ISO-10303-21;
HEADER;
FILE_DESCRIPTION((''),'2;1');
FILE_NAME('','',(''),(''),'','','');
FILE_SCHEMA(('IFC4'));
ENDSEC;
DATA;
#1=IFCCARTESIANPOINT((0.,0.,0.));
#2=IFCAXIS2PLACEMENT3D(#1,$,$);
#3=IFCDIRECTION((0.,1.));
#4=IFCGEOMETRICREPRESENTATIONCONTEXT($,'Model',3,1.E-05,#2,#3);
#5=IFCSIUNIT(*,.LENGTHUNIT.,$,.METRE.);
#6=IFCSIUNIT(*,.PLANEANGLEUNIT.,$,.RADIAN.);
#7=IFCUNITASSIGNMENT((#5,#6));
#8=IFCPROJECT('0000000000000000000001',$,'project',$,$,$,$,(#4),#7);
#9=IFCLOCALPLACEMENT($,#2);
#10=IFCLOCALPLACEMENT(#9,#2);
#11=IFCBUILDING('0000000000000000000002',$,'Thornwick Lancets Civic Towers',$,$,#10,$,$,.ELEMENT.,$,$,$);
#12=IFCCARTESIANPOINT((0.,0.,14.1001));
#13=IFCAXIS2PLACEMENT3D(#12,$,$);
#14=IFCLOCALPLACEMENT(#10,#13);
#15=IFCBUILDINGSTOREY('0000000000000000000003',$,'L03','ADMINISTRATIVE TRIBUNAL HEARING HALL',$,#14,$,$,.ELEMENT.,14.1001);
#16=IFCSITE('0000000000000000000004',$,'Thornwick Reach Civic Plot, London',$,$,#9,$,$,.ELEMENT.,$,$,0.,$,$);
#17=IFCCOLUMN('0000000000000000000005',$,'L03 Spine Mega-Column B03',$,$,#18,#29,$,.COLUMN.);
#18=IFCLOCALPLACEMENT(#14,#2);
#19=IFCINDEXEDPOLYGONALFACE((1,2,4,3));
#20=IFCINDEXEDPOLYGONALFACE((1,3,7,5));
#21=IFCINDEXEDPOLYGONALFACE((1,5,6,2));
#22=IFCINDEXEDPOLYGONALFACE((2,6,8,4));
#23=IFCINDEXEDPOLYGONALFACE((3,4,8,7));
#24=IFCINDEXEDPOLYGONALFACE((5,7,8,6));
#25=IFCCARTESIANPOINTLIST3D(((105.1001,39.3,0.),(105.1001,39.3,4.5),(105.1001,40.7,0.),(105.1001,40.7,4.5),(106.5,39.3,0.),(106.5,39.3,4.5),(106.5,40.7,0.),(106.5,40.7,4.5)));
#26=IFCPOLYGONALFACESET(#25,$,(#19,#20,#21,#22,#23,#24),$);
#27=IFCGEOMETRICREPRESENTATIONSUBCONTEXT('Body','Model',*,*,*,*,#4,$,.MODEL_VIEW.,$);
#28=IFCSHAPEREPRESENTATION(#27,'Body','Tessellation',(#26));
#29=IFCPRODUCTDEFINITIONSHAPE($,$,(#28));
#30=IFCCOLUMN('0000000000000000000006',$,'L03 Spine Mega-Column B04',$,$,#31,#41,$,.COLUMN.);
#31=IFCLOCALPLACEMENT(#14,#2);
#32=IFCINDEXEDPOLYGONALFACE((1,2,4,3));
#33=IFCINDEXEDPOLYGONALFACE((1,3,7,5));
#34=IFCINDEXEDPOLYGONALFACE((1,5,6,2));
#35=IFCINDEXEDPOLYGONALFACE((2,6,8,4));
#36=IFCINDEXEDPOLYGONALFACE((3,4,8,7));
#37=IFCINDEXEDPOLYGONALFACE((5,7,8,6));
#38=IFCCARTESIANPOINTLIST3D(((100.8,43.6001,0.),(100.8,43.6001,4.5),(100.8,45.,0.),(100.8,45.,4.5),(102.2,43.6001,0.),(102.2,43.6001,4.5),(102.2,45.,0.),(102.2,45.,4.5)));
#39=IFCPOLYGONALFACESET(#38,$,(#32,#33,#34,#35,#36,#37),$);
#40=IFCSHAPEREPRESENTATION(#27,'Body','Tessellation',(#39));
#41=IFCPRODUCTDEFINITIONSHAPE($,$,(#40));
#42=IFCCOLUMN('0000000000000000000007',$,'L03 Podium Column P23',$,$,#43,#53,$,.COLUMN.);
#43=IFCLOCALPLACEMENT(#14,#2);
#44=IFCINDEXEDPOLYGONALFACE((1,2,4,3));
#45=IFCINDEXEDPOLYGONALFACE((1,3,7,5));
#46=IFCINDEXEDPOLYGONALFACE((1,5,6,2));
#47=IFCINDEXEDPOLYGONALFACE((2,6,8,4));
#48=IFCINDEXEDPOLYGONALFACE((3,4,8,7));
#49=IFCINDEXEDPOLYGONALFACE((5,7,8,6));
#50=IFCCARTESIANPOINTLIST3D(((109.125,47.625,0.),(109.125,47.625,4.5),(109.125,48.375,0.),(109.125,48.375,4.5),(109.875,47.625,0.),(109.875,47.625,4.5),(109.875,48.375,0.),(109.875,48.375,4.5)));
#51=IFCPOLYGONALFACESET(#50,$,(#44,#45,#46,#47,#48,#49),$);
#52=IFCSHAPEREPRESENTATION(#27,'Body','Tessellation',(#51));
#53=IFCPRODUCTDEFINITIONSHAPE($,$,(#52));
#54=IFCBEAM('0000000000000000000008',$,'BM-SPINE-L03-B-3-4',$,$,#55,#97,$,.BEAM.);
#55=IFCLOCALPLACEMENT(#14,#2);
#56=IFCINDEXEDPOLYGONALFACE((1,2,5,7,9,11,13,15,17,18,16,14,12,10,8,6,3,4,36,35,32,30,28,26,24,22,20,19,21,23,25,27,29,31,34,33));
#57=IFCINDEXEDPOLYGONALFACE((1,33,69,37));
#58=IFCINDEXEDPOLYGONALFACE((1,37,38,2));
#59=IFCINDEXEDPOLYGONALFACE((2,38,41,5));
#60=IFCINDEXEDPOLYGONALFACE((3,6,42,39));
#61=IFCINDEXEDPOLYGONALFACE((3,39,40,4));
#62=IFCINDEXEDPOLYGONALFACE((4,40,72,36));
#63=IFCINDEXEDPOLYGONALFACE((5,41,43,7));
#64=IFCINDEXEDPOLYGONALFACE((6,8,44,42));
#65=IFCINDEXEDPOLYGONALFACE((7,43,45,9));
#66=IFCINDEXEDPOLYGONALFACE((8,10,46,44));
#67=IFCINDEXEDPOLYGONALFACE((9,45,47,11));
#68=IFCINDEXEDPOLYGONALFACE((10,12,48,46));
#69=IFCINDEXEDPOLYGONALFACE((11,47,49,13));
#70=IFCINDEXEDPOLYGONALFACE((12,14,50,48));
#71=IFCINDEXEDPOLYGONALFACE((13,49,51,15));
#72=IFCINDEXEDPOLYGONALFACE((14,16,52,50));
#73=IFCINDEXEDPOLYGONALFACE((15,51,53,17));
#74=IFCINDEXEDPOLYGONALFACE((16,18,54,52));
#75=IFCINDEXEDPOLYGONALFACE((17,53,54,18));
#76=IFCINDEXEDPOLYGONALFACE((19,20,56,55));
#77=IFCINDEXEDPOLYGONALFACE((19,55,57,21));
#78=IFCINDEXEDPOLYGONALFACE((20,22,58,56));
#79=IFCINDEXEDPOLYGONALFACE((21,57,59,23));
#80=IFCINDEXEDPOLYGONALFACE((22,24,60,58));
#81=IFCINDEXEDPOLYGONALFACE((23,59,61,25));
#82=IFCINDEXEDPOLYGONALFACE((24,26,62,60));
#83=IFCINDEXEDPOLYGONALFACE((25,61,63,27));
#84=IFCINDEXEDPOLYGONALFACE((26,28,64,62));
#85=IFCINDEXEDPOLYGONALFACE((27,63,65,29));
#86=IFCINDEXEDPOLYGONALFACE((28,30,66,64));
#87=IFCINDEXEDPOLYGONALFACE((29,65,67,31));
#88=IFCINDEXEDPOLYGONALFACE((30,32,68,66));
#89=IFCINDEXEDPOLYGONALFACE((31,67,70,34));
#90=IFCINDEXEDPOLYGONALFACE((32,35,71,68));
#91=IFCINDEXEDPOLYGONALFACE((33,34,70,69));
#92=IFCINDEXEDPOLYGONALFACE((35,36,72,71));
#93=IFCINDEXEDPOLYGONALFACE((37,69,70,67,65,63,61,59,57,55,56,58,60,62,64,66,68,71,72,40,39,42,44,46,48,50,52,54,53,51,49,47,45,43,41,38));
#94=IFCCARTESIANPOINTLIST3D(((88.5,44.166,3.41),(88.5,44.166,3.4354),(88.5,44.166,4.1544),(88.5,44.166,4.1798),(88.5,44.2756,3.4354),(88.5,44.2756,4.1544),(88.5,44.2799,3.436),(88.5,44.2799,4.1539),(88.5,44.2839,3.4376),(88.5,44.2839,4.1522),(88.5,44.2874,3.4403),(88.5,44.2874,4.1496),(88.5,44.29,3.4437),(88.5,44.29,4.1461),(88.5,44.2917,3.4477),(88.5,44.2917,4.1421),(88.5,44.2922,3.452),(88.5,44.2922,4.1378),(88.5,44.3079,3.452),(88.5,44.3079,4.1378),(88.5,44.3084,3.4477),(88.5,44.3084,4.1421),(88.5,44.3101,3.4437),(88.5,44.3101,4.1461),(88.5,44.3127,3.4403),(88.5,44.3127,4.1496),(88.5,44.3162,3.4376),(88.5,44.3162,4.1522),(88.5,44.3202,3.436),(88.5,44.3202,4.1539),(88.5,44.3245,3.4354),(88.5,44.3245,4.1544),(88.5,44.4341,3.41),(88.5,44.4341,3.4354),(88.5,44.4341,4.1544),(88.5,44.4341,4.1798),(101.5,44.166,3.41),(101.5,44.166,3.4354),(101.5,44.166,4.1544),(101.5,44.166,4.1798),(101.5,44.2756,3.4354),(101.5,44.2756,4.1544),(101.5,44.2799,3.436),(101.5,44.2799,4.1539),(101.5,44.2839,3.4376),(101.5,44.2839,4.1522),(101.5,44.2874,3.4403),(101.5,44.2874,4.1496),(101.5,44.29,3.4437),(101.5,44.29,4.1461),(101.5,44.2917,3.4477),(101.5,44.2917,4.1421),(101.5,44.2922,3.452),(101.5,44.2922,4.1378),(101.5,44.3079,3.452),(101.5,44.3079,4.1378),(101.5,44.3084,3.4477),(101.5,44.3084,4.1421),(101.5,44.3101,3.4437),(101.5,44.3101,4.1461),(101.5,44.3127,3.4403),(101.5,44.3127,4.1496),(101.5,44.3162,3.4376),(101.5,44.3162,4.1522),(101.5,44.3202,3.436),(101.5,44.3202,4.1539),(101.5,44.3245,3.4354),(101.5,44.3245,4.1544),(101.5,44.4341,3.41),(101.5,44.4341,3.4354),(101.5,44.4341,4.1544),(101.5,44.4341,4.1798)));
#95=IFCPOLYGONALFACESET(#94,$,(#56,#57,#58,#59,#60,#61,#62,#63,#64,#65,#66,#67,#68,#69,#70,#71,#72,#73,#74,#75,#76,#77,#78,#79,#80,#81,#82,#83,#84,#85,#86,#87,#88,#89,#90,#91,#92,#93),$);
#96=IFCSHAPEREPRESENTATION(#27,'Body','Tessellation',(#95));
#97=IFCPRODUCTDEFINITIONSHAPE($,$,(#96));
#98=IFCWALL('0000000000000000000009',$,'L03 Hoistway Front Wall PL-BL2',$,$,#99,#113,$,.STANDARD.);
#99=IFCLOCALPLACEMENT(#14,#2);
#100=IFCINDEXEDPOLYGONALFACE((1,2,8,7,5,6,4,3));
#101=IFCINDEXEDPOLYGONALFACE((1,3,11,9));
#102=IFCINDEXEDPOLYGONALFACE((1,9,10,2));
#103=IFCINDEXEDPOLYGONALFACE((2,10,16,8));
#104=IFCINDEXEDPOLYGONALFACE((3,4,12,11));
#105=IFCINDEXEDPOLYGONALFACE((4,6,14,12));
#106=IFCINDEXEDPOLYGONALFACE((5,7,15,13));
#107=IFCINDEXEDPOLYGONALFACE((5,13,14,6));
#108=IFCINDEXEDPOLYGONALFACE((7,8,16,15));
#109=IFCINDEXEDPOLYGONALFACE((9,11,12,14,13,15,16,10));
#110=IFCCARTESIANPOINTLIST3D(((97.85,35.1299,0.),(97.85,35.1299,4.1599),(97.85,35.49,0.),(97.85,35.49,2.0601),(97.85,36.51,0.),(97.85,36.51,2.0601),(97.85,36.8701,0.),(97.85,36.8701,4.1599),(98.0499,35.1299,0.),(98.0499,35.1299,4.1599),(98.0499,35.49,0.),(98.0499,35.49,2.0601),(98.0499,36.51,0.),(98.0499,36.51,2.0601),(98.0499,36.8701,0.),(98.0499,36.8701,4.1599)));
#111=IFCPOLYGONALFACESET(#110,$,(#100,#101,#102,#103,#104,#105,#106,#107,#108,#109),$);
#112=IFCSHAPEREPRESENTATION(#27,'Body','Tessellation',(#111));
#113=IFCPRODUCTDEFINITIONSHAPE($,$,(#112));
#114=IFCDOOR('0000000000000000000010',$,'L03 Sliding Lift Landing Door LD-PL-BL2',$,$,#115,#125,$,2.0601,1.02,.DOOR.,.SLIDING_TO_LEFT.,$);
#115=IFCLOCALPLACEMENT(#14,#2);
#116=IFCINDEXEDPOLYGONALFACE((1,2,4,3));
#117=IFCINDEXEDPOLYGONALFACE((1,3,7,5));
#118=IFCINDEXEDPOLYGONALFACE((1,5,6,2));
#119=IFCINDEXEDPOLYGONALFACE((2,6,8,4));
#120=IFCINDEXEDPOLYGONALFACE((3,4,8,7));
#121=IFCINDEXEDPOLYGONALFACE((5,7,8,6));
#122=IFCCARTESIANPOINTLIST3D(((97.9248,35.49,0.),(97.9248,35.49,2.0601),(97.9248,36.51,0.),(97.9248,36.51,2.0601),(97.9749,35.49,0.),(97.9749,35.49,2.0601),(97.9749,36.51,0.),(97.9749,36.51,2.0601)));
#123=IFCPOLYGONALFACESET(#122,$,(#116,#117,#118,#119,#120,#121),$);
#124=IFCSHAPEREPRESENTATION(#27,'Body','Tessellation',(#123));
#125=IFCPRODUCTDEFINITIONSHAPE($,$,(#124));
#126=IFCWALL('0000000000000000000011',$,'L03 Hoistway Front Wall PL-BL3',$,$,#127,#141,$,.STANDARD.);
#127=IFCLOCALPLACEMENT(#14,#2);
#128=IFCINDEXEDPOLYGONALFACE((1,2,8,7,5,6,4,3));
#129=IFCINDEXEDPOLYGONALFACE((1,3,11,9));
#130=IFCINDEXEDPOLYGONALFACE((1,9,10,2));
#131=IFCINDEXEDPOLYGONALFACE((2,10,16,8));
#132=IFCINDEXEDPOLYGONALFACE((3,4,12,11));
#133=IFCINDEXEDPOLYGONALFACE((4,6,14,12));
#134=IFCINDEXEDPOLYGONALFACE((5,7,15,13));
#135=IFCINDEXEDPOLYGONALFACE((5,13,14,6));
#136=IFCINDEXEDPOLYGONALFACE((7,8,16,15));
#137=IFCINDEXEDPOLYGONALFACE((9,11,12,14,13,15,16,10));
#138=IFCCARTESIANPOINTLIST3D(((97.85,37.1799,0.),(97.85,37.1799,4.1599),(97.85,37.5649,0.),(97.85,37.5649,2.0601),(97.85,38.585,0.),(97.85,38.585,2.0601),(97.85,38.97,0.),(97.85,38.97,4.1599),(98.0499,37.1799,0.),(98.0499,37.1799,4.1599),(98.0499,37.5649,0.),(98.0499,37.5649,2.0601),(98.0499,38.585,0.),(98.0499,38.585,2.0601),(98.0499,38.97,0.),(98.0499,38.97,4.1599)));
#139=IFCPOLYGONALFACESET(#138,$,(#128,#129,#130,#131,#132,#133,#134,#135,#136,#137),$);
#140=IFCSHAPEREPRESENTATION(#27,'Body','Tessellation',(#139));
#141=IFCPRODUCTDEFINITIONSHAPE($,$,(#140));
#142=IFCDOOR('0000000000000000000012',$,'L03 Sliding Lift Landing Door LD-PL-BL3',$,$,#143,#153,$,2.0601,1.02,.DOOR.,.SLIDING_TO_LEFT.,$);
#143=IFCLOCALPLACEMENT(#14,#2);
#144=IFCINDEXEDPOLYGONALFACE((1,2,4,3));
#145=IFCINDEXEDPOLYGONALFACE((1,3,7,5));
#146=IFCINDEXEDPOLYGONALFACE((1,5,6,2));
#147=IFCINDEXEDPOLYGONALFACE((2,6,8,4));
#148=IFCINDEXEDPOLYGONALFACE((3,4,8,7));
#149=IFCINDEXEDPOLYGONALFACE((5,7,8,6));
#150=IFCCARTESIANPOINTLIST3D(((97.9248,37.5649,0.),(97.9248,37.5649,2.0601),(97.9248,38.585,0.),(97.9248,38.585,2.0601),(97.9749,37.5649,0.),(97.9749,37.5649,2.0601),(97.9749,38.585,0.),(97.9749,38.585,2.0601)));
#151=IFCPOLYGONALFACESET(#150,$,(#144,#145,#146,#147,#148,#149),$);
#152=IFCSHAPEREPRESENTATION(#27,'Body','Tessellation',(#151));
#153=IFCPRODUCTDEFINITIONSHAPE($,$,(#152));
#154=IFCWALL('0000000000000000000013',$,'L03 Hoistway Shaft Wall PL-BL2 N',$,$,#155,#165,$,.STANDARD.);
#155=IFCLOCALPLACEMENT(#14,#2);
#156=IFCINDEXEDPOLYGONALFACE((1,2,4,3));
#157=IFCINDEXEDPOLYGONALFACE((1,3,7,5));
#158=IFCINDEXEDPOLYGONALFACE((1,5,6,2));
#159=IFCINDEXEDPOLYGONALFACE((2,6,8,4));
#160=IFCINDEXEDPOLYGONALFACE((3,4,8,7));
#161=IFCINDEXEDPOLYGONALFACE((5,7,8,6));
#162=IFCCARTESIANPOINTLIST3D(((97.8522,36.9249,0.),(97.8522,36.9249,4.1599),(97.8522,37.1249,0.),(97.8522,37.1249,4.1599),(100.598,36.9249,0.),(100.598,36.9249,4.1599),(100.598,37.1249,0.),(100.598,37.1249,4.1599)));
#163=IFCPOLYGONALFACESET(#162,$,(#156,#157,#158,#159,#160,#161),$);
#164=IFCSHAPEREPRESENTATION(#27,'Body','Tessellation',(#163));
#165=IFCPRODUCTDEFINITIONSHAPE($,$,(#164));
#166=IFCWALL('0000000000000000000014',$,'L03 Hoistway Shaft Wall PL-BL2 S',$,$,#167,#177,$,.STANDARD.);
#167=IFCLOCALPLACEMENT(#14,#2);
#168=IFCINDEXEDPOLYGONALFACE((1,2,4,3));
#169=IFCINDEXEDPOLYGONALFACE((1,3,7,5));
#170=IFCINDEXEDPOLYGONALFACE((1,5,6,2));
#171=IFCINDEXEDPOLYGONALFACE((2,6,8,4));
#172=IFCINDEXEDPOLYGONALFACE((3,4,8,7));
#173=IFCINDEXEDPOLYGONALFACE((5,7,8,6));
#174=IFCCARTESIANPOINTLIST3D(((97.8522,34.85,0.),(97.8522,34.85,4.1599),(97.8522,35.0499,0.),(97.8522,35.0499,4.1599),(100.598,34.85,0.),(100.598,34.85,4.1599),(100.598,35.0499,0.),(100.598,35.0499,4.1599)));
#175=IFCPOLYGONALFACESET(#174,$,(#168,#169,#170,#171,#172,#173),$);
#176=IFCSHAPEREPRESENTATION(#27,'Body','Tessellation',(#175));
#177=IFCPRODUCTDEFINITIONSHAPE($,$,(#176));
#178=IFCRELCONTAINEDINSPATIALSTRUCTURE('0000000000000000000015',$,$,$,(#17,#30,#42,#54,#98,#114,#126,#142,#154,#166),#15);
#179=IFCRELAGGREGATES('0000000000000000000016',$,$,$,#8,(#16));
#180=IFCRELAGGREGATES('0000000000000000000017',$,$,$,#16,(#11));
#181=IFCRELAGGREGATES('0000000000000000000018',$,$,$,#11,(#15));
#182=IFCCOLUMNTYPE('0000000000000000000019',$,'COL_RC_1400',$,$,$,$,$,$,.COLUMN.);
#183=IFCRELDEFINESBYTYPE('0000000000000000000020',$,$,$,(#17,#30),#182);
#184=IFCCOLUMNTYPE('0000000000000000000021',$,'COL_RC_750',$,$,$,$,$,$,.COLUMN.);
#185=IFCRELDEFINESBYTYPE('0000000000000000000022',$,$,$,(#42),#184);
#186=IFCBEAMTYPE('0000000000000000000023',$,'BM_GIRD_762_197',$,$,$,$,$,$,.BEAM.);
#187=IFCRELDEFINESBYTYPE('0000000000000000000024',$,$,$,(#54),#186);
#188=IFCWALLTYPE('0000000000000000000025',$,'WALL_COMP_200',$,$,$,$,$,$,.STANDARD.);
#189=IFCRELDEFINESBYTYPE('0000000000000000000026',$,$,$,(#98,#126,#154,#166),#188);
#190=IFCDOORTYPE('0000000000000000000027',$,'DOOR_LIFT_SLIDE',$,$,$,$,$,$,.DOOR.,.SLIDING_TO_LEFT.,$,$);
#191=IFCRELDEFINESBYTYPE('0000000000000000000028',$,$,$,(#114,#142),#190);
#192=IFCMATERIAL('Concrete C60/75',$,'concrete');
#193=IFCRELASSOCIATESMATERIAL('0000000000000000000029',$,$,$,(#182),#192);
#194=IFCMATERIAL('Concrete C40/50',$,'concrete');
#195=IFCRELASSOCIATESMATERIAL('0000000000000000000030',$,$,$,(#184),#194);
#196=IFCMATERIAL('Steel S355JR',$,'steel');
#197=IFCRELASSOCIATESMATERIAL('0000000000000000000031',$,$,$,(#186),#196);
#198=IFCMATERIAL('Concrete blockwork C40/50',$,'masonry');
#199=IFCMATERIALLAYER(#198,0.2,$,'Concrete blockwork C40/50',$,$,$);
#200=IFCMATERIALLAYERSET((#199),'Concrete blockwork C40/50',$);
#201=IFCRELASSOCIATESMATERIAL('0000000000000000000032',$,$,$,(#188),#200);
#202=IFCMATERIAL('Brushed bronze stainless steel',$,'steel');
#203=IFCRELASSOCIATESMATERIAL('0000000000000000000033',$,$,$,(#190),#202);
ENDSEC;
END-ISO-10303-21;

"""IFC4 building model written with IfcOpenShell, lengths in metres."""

from ifc_helpers import new_model, si_unit, direction, frame, frame_2d, origin, origin_2d, place, context, subcontext, project, spatial, rectangle, i_section, extrude, material, layer, layer_set, material_profile, profile_set, type_object, element, fill, save


model = new_model("IFC4")

# Units and contexts
model_context = context("Model", 3, precision=1e-05, world=origin(), true_north=direction((0.0, 1.0)))
body_context = subcontext(model_context, "Body", "Model", "MODEL_VIEW")
ifc_project = project(units=[si_unit("LENGTHUNIT", "METRE"), si_unit("PLANEANGLEUNIT", "RADIAN")], contexts=[model_context])

# Site, building, storey
site_placement = place(None, origin())
site = spatial("IfcSite", under=ifc_project, at=site_placement, Name="Thornwick Reach Civic Plot, London", CompositionType="ELEMENT", RefElevation=0.0)
building_placement = place(site_placement, origin())
building = spatial("IfcBuilding", under=site, at=building_placement, Name="Thornwick Lancets Civic Towers", CompositionType="ELEMENT")
storey_placement = place(building_placement, frame((0.0, 0.0, 14.1001)))
storey = spatial("IfcBuildingStorey", under=building, at=storey_placement, Name="L03", Description="ADMINISTRATIVE TRIBUNAL HEARING HALL", CompositionType="ELEMENT", Elevation=14.1001)

# Columns
ifc_material_1 = material(Name="Concrete C60/75", Category="concrete")
ifc_material_profile_1 = material_profile(ifc_material_1, rectangle(XDim=1.3999, YDim=1.3999, at=origin_2d()), Name="RC 1400x1400")
ifc_profile_set_1 = profile_set([ifc_material_profile_1], Name="Concrete C60/75")
column_type_1 = type_object("IfcColumnType", Name="COL_RC_1400", PredefinedType="COLUMN", material=ifc_profile_set_1)
for number, where, z_axis, x_axis, name in (
    (1, (105.8, 40.0, 0.0), (0.0, 0.0, 1.0), (1.0, 0.0, 0.0), "L03 Spine Mega-Column B03"),
    (2, (101.5, 44.3, 0.0), (0.0, 0.0, 1.0), (1.0, 0.0, 0.0), "L03 Spine Mega-Column B04"),
):
    element("IfcColumn", number, at=place(storey_placement, frame(where, z_axis=z_axis, x_axis=x_axis)), inside=storey, type_object=column_type_1, Name=name, PredefinedType="COLUMN", context=body_context, shape_type="SweptSolid", body=[
        extrude(rectangle(XDim=1.3999, YDim=1.3999, at=origin_2d()), origin(), (0.0, 0.0, 1.0), 4.5),
    ])
ifc_material_2 = material(Name="Concrete C40/50", Category="concrete")
ifc_material_profile_2 = material_profile(ifc_material_2, rectangle(XDim=0.75, YDim=0.75, at=origin_2d()), Name="RC 750x750")
ifc_profile_set_2 = profile_set([ifc_material_profile_2], Name="Concrete C40/50")
column_type_2 = type_object("IfcColumnType", Name="COL_RC_750", PredefinedType="COLUMN", material=ifc_profile_set_2)
column_placement = place(storey_placement, frame((109.5, 48.0, 0.0), z_axis=(0.0, 0.0, 1.0), x_axis=(1.0, 0.0, 0.0)))
element("IfcColumn", 3, at=column_placement, inside=storey, type_object=column_type_2, Name="L03 Podium Column P23", PredefinedType="COLUMN", context=body_context, shape_type="SweptSolid", body=[
    extrude(rectangle(XDim=0.75, YDim=0.75, at=origin_2d()), origin(), (0.0, 0.0, 1.0), 4.5),
])

# Beam
ifc_material_3 = material(Name="Steel S355JR", Category="steel")
ifc_material_profile_3 = material_profile(ifc_material_3, i_section(OverallWidth=0.2681, OverallDepth=0.7698, WebThickness=0.0156, FlangeThickness=0.0254, FilletRadius=0.0166, at=origin_2d()), Name="UKB 762x267x197")
ifc_profile_set_3 = profile_set([ifc_material_profile_3], Name="Steel S355JR")
beam_type = type_object("IfcBeamType", Name="BM_GIRD_762_197", PredefinedType="BEAM", material=ifc_profile_set_3)
beam_placement = place(storey_placement, frame((101.5, 44.3, 3.7949), z_axis=(-1.0, 0.0, 0.0), x_axis=(0.0, -1.0, 0.0)))
element("IfcBeam", 4, at=beam_placement, inside=storey, type_object=beam_type, Name="BM-SPINE-L03-B-3-4", PredefinedType="BEAM", context=body_context, shape_type="SweptSolid", body=[
    extrude(i_section(OverallWidth=0.2681, OverallDepth=0.7698, WebThickness=0.0156, FlangeThickness=0.0254, FilletRadius=0.0166, at=origin_2d()), origin(), (0.0, 0.0, 1.0), 13.0),
])

# Walls, openings, doors
ifc_material_4 = material(Name="Concrete blockwork C40/50", Category="masonry")
ifc_layer_1 = layer(ifc_material_4, 0.2, Name="Concrete blockwork C40/50")
ifc_layer_set_1 = layer_set([ifc_layer_1], Name="Concrete blockwork C40/50")
wall_type_1 = type_object("IfcWallType", Name="WALL_COMP_200", PredefinedType="STANDARD", material=ifc_layer_set_1)
wall_1_placement = place(storey_placement, frame((97.95, 36.8701, 0.0), z_axis=(0.0, 0.0, 1.0), x_axis=(0.0, -1.0, 0.0)))
wall_1 = element("IfcWall", 5, at=wall_1_placement, inside=storey, type_object=wall_type_1, Name="L03 Hoistway Front Wall PL-BL2", PredefinedType="STANDARD", context=body_context, shape_type="SweptSolid", body=[
    extrude(rectangle(XDim=1.7402, YDim=0.2, at=frame_2d((0.8701, 0.0))), origin(), (0.0, 0.0, 1.0), 4.1599),
])
opening_1_placement = place(wall_1_placement, frame((0.3601, 0.0, 0.0)))
opening_1 = element("IfcOpeningElement", 6, at=opening_1_placement, cuts=wall_1, PredefinedType="OPENING", context=body_context, shape_type="SweptSolid", body=[
    extrude(rectangle(XDim=1.02, YDim=2.0601, at=frame_2d((0.51, 1.03))), frame((0.0, 0.1099, 0.0), z_axis=(0.0, -1.0, 0.0), x_axis=(1.0, 0.0, 0.0)), (0.0, 0.0, 1.0), 0.22),
])
ifc_material_5 = material(Name="Brushed bronze stainless steel", Category="steel")
door_type_1 = type_object("IfcDoorType", Name="DOOR_LIFT_SLIDE", OperationType="SLIDING_TO_LEFT", PredefinedType="DOOR", material=ifc_material_5)
door_1_placement = place(opening_1_placement, origin())
door_1 = element("IfcDoor", 7, at=door_1_placement, inside=storey, type_object=door_type_1, Name="L03 Sliding Lift Landing Door LD-PL-BL2", OperationType="SLIDING_TO_LEFT", OverallHeight=2.0601, OverallWidth=1.02, PredefinedType="DOOR", context=body_context, shape_type="SweptSolid", body=[
    extrude(rectangle(XDim=1.02, YDim=2.0601, at=frame_2d((0.51, 1.03))), frame((0.0, 0.0249, 0.0), z_axis=(0.0, -1.0, 0.0), x_axis=(1.0, 0.0, 0.0)), (0.0, 0.0, 1.0), 0.05),
])
fill(opening_1, door_1)
wall_2_placement = place(storey_placement, frame((97.95, 38.97, 0.0), z_axis=(0.0, 0.0, 1.0), x_axis=(0.0, -1.0, 0.0)))
wall_2 = element("IfcWall", 8, at=wall_2_placement, inside=storey, type_object=wall_type_1, Name="L03 Hoistway Front Wall PL-BL3", PredefinedType="STANDARD", context=body_context, shape_type="SweptSolid", body=[
    extrude(rectangle(XDim=1.79, YDim=0.2, at=frame_2d((0.895, 0.0))), origin(), (0.0, 0.0, 1.0), 4.1599),
])
opening_2_placement = place(wall_2_placement, frame((0.385, 0.0, 0.0)))
opening_2 = element("IfcOpeningElement", 9, at=opening_2_placement, cuts=wall_2, PredefinedType="OPENING", context=body_context, shape_type="SweptSolid", body=[
    extrude(rectangle(XDim=1.02, YDim=2.0601, at=frame_2d((0.51, 1.03))), frame((0.0, 0.1099, 0.0), z_axis=(0.0, -1.0, 0.0), x_axis=(1.0, 0.0, 0.0)), (0.0, 0.0, 1.0), 0.22),
])
door_2_placement = place(opening_2_placement, origin())
door_2 = element("IfcDoor", 10, at=door_2_placement, inside=storey, type_object=door_type_1, Name="L03 Sliding Lift Landing Door LD-PL-BL3", OperationType="SLIDING_TO_LEFT", OverallHeight=2.0601, OverallWidth=1.02, PredefinedType="DOOR", context=body_context, shape_type="SweptSolid", body=[
    extrude(rectangle(XDim=1.02, YDim=2.0601, at=frame_2d((0.51, 1.03))), frame((0.0, 0.0249, 0.0), z_axis=(0.0, -1.0, 0.0), x_axis=(1.0, 0.0, 0.0)), (0.0, 0.0, 1.0), 0.05),
])
fill(opening_2, door_2)

# Walls
for number, where, z_axis, x_axis, name in (
    (11, (97.8521, 37.0249, 0.0), (0.0, 0.0, 1.0), (1.0, 0.0, 0.0), "L03 Hoistway Shaft Wall PL-BL2 N"),
    (12, (97.8521, 34.95, 0.0), (0.0, 0.0, 1.0), (1.0, 0.0, 0.0), "L03 Hoistway Shaft Wall PL-BL2 S"),
):
    element("IfcWall", number, at=place(storey_placement, frame(where, z_axis=z_axis, x_axis=x_axis)), inside=storey, type_object=wall_type_1, Name=name, PredefinedType="STANDARD", context=body_context, shape_type="SweptSolid", body=[
        extrude(rectangle(XDim=2.7458, YDim=0.2, at=frame_2d((1.373, 0.0))), origin(), (0.0, 0.0, 1.0), 4.1599),
    ])

save(model, "model.ifc")
